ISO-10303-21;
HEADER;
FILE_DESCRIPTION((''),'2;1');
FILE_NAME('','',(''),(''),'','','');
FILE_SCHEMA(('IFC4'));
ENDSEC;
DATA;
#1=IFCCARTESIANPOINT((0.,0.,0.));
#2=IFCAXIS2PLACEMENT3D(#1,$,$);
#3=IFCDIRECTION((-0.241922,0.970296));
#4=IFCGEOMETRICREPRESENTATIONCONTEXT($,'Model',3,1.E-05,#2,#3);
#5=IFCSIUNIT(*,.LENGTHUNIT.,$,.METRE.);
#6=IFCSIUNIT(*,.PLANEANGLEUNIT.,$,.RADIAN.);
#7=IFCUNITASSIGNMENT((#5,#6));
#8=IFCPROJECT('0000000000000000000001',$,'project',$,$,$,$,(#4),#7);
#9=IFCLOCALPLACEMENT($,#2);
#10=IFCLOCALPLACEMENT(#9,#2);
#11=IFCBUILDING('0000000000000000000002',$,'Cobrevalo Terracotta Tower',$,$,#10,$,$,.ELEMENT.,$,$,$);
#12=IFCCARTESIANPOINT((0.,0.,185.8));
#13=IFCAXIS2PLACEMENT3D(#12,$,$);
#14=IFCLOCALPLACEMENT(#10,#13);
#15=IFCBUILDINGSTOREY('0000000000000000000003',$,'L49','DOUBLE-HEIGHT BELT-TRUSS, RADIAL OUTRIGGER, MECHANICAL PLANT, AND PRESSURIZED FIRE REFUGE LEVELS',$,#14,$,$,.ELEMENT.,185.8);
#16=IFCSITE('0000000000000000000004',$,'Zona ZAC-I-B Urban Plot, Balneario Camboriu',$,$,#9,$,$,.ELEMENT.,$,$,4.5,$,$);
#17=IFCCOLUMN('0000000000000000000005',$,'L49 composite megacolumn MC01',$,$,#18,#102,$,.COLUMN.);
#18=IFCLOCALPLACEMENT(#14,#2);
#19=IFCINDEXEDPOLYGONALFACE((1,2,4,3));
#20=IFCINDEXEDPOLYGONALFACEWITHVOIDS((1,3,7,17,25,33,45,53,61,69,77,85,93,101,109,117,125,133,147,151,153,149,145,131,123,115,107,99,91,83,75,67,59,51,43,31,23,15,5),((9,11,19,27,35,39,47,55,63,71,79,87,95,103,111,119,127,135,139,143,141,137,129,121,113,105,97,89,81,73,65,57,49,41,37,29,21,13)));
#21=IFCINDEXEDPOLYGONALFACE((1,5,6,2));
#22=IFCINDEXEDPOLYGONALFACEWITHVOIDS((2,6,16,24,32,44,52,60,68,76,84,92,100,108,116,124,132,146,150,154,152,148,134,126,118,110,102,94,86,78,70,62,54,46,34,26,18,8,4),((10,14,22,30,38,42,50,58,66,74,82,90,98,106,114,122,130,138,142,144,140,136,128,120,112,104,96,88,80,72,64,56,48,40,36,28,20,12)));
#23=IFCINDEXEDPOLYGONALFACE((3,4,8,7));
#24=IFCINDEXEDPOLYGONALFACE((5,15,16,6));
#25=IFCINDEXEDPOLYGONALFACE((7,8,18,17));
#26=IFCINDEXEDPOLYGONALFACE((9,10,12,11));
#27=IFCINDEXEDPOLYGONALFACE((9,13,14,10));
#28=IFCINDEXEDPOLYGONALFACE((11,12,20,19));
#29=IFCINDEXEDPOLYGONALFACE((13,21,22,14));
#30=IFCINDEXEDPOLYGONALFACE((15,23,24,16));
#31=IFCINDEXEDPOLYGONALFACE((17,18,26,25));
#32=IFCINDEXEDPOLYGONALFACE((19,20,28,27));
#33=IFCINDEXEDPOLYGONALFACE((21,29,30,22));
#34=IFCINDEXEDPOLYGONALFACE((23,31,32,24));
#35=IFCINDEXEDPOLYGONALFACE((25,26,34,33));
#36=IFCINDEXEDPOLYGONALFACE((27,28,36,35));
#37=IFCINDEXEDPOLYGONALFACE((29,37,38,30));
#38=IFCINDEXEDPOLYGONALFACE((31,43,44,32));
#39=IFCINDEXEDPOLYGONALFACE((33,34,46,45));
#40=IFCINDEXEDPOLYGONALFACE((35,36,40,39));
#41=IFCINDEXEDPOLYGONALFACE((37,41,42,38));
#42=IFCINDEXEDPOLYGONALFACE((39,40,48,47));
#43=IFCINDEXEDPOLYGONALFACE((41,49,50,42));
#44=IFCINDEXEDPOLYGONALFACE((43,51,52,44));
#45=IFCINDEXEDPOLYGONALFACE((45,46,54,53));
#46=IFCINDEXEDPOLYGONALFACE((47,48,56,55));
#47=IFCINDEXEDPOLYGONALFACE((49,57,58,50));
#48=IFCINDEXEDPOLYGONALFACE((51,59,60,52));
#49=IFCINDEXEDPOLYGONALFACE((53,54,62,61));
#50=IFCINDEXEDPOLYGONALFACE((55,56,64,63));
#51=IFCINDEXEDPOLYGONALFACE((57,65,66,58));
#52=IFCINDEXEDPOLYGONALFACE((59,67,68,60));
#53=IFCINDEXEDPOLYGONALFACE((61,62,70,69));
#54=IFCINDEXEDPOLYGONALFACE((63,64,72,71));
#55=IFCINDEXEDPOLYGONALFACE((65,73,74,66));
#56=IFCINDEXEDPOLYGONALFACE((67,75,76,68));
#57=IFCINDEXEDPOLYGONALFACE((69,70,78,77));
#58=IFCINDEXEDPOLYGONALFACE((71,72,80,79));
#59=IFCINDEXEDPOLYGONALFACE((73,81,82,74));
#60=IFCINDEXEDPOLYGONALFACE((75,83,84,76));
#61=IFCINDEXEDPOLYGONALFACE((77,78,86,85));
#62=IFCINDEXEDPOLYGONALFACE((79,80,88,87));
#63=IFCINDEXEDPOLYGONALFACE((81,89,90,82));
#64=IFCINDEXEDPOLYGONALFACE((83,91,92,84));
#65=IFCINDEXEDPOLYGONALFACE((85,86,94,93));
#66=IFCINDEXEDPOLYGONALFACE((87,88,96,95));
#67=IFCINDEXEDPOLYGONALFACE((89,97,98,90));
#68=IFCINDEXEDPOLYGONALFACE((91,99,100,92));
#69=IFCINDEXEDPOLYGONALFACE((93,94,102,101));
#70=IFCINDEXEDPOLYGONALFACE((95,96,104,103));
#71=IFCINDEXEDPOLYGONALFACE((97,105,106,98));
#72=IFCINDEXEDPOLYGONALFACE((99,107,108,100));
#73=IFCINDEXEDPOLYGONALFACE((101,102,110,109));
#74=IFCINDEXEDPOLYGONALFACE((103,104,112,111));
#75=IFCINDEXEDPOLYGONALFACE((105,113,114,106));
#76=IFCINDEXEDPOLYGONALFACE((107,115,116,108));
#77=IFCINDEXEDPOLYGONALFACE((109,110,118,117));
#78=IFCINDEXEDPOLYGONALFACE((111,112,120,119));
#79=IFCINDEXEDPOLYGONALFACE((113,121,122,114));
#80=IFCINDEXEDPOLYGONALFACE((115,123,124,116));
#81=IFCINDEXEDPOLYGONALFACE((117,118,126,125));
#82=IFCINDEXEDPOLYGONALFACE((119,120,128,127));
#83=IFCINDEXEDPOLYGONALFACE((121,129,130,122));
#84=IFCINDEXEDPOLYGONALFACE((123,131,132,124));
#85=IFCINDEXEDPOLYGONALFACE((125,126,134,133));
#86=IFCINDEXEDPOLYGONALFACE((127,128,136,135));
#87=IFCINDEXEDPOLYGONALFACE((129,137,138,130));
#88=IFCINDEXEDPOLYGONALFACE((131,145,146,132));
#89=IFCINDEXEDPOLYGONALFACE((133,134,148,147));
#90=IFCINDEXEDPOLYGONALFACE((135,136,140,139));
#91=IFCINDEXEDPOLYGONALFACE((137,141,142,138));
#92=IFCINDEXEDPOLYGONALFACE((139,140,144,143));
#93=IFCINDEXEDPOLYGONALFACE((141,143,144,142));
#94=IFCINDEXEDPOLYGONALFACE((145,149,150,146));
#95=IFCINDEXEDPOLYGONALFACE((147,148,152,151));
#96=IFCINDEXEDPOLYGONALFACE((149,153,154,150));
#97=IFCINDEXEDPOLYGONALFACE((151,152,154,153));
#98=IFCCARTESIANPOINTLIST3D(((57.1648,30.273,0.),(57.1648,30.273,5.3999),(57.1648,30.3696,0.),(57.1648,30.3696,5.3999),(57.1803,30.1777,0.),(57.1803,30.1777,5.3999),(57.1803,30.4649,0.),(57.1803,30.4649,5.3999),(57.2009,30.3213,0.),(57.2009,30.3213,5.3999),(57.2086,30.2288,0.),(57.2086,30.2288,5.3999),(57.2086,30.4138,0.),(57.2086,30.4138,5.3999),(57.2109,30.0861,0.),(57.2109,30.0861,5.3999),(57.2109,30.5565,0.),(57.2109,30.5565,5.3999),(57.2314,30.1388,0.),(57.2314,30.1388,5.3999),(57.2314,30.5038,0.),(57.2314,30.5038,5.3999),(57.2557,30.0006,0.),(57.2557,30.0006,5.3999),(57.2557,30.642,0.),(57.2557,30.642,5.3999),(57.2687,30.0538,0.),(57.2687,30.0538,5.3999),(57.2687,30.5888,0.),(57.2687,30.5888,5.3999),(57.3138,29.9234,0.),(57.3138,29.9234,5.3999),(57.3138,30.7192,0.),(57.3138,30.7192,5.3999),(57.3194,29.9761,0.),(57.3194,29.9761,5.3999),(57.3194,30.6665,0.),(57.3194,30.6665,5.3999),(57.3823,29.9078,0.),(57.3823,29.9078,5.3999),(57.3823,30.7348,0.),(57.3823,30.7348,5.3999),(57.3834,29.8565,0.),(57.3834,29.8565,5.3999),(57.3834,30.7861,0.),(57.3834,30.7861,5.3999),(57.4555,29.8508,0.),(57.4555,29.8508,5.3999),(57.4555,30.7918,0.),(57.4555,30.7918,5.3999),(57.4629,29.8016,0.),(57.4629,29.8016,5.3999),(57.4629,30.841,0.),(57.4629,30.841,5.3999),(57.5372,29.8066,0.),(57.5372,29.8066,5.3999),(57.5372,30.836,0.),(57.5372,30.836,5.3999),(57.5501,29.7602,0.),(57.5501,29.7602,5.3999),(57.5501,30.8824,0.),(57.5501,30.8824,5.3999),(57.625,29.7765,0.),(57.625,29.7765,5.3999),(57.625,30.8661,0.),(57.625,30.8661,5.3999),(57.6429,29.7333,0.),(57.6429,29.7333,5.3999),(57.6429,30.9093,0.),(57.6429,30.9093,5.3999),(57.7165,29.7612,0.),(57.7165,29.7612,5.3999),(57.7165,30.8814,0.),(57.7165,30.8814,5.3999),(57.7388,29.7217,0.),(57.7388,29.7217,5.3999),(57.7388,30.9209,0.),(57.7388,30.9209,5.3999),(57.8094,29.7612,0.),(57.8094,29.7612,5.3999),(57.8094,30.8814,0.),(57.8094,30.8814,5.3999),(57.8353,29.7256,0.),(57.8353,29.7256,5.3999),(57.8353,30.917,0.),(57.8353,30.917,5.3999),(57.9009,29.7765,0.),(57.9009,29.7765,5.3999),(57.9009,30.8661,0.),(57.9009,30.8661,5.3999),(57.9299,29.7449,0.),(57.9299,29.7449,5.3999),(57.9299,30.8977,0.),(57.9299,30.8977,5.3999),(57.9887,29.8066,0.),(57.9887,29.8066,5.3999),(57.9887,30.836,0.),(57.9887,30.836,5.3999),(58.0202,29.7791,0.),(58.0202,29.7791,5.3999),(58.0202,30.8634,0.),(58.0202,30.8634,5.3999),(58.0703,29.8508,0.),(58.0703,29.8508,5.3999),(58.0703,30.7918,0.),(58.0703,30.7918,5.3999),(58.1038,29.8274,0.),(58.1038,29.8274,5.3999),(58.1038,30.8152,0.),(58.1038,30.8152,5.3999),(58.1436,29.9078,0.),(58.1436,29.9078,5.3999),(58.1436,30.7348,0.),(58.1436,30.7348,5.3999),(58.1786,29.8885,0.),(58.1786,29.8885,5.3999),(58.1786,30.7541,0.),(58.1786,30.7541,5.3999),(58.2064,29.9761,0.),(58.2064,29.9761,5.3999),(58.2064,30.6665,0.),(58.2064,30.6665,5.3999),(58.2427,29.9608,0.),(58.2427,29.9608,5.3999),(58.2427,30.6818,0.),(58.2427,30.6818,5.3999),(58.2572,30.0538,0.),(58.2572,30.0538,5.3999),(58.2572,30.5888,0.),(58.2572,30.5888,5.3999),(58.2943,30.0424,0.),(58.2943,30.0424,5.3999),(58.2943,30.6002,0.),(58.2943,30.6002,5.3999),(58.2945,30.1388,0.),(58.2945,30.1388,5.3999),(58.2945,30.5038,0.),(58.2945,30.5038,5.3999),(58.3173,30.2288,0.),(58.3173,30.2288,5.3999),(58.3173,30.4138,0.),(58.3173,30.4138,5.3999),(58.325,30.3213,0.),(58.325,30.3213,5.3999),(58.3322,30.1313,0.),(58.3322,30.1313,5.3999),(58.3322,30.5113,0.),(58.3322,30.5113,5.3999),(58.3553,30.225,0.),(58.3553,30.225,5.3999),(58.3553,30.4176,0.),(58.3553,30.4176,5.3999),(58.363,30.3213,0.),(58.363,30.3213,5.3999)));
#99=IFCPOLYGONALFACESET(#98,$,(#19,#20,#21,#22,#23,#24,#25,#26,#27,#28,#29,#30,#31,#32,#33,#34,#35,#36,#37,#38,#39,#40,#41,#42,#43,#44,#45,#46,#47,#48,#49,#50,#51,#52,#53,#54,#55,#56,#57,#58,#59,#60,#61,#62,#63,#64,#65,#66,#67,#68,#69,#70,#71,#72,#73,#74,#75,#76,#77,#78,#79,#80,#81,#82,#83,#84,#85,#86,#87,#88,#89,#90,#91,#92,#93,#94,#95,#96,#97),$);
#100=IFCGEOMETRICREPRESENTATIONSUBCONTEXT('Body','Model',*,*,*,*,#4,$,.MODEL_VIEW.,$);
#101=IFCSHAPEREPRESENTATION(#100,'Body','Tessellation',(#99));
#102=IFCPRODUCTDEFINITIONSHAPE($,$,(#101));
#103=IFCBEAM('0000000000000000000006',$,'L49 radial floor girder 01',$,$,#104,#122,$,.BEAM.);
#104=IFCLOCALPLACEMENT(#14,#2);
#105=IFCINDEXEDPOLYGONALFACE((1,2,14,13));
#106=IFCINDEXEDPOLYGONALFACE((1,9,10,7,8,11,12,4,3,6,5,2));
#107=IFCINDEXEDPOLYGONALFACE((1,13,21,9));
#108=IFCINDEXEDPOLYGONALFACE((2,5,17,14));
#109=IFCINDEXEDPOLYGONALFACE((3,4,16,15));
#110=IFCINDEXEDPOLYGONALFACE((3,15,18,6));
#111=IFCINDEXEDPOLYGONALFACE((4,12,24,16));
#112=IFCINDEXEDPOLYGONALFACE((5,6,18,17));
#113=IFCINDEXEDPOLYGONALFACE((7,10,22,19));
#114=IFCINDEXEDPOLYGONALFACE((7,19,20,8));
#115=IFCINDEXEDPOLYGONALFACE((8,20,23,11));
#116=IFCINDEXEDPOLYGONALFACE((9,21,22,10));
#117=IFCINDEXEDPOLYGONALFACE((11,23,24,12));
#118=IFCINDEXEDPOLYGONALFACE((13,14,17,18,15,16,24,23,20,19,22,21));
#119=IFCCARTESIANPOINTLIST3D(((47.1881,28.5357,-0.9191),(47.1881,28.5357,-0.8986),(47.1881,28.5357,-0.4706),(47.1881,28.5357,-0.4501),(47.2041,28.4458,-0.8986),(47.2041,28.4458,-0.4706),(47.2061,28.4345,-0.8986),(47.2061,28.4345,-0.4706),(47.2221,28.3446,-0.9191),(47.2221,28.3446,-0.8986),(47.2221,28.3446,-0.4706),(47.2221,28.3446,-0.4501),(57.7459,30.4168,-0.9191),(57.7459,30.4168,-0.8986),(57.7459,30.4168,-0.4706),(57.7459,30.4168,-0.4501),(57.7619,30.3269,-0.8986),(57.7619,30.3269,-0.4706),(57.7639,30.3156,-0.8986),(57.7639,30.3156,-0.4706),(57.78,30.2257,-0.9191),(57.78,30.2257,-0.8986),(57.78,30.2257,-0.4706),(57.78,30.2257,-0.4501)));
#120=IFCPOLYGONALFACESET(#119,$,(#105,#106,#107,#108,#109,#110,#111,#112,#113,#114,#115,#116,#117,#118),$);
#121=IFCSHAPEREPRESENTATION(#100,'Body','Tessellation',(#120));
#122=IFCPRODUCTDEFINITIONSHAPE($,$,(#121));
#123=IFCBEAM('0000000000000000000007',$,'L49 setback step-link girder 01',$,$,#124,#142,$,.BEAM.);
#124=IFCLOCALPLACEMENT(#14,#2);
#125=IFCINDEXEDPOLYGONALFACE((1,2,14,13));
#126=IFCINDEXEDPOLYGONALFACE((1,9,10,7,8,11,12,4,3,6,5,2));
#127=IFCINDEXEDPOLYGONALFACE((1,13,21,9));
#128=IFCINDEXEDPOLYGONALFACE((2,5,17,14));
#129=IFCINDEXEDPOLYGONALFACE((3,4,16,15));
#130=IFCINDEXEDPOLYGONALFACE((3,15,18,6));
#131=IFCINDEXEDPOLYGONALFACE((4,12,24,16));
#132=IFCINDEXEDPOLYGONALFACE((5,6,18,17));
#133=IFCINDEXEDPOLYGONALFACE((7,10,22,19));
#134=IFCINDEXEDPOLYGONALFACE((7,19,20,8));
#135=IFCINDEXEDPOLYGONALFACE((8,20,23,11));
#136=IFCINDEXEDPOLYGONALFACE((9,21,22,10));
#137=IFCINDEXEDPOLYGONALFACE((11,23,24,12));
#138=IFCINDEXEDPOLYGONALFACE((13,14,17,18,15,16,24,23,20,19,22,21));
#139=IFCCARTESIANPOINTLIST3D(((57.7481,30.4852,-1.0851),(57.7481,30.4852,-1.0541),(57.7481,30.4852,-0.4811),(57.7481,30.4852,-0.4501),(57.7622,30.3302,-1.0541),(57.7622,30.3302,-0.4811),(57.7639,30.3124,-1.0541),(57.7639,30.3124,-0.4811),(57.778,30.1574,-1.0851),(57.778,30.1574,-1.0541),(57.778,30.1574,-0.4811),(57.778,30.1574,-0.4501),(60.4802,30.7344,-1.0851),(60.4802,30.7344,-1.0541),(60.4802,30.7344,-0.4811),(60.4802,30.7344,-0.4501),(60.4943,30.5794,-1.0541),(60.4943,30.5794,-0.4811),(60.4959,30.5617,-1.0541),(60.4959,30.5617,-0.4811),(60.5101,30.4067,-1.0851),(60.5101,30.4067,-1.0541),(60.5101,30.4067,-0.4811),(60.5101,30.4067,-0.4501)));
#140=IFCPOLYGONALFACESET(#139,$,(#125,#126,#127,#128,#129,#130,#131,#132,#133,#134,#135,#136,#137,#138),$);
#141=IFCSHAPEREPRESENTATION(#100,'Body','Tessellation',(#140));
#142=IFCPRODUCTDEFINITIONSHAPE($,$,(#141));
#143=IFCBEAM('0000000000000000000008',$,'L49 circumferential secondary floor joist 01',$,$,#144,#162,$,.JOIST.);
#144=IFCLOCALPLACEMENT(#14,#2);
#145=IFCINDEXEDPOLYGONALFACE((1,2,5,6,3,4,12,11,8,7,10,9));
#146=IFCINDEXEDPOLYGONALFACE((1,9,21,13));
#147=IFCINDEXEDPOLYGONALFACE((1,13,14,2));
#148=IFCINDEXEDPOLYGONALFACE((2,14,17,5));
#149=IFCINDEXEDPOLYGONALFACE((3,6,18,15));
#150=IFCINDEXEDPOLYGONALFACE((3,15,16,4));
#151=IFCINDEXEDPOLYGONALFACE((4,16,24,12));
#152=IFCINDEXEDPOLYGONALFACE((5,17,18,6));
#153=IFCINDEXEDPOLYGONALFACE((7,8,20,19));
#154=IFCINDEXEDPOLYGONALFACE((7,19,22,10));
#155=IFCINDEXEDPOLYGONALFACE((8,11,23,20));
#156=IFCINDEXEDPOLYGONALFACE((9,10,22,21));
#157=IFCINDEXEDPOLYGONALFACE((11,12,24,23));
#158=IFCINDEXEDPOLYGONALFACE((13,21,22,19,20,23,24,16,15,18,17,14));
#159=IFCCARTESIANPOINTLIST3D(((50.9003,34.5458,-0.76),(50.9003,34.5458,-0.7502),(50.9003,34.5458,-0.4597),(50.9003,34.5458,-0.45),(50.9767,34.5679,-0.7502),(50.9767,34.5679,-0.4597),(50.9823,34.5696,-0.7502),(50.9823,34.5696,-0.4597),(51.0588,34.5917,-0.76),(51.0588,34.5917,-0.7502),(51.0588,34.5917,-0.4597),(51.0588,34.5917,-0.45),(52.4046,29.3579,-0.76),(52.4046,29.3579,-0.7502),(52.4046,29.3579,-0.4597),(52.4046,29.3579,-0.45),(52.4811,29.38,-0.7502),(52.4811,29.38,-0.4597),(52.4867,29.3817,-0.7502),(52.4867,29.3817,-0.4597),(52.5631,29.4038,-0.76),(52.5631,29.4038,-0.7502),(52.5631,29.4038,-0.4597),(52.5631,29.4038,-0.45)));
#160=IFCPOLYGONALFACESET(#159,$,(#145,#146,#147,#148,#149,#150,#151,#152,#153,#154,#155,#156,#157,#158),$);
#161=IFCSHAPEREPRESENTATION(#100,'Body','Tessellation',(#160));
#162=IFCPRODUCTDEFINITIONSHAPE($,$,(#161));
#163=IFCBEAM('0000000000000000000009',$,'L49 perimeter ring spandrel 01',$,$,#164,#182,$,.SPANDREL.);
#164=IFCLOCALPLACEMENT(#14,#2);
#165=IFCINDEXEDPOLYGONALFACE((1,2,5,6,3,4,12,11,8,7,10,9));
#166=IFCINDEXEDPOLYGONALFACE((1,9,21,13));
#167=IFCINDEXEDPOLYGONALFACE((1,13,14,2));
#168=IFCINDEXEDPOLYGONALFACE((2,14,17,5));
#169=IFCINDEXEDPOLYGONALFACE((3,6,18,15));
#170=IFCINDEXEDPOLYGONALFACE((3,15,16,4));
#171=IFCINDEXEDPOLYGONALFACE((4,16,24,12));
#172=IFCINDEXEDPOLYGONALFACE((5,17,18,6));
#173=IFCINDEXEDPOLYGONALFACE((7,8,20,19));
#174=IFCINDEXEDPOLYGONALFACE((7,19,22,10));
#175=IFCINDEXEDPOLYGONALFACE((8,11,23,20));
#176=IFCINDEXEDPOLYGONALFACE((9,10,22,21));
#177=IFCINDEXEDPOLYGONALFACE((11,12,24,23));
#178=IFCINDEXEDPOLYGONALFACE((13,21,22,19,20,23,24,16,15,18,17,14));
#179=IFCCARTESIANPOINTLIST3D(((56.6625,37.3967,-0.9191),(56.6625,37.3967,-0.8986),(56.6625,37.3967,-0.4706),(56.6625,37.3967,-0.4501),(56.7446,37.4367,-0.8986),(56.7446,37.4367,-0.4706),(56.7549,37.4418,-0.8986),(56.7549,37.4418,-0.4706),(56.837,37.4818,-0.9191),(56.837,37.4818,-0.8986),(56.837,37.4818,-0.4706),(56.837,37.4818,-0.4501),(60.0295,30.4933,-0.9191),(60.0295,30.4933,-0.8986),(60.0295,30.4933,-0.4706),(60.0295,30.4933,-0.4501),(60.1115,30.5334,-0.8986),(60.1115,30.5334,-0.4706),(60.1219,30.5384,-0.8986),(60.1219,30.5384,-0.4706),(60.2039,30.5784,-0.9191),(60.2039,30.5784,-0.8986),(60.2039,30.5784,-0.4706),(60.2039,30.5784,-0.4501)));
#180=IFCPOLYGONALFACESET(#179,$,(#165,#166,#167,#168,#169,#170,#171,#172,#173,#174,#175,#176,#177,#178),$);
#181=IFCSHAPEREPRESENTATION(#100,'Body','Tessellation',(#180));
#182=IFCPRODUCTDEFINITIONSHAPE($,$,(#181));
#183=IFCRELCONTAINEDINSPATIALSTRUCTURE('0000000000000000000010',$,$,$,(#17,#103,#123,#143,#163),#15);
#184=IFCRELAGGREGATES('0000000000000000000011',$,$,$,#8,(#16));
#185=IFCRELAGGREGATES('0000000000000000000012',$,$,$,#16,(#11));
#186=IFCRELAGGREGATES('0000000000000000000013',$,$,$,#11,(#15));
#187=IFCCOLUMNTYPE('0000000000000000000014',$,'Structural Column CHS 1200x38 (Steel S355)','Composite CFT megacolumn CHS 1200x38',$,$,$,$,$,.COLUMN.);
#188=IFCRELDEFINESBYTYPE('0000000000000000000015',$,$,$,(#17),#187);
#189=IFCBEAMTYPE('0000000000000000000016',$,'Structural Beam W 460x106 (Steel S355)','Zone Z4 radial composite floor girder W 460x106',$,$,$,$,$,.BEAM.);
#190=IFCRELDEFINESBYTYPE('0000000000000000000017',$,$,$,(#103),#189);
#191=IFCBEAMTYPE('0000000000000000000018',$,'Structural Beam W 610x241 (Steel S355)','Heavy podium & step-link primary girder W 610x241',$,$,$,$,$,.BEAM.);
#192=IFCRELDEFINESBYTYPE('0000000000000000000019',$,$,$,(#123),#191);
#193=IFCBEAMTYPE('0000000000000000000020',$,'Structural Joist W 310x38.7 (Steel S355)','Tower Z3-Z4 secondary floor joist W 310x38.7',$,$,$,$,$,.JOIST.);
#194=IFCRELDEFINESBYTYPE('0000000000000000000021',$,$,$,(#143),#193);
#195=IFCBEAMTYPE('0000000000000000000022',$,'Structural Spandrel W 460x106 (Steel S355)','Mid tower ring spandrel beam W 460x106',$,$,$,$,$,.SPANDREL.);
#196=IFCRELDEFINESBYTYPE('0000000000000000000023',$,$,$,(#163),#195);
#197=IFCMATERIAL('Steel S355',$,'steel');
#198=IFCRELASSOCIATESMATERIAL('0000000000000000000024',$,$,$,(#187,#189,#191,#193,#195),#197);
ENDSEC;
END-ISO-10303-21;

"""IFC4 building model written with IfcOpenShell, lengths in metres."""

from ifc_helpers import new_model, si_unit, direction, frame, origin, origin_2d, place, context, subcontext, project, spatial, hollow_circle, i_section, extrude, material, material_profile, profile_set, type_object, element, save


model = new_model("IFC4")

# Units and contexts
model_context = context("Model", 3, precision=1e-05, world=origin(), true_north=direction((-0.241922, 0.970296)))
body_context = subcontext(model_context, "Body", "Model", "MODEL_VIEW")
ifc_project = project(units=[si_unit("LENGTHUNIT", "METRE"), si_unit("PLANEANGLEUNIT", "RADIAN")], contexts=[model_context])

# Site, building, storey
site_placement = place(None, origin())
site = spatial("IfcSite", under=ifc_project, at=site_placement, Name="Zona ZAC-I-B Urban Plot, Balneario Camboriu", CompositionType="ELEMENT", RefElevation=4.5)
building_placement = place(site_placement, origin())
building = spatial("IfcBuilding", under=site, at=building_placement, Name="Cobrevalo Terracotta Tower", CompositionType="ELEMENT")
storey_placement = place(building_placement, frame((0.0, 0.0, 185.8)))
storey = spatial("IfcBuildingStorey", under=building, at=storey_placement, Name="L49", Description="DOUBLE-HEIGHT BELT-TRUSS, RADIAL OUTRIGGER, MECHANICAL PLANT, AND PRESSURIZED FIRE REFUGE LEVELS", CompositionType="ELEMENT", Elevation=185.8)

# Column
ifc_material_1 = material(Name="Steel S355", Category="steel")
ifc_material_profile_1 = material_profile(ifc_material_1, hollow_circle(Radius=0.6001, WallThickness=0.0381, at=origin_2d()), Name="CHS 1200x38")
ifc_profile_set_1 = profile_set([ifc_material_profile_1], Name="Steel S355")
column_type = type_object("IfcColumnType", Name="Structural Column CHS 1200x38 (Steel S355)", Description="Composite CFT megacolumn CHS 1200x38", PredefinedType="COLUMN", material=ifc_profile_set_1)
column_placement = place(storey_placement, frame((57.7629, 30.3213, 0.0), z_axis=(0.0, 0.0, 1.0), x_axis=(1.0, 0.0, 0.0)))
element("IfcColumn", 1, at=column_placement, inside=storey, type_object=column_type, Name="L49 composite megacolumn MC01", PredefinedType="COLUMN", context=body_context, shape_type="SweptSolid", body=[
    extrude(hollow_circle(Radius=0.6001, WallThickness=0.0381, at=origin_2d()), origin(), (0.0, 0.0, 1.0), 5.3999),
])

# Beams
ifc_material_profile_2 = material_profile(ifc_material_1, i_section(OverallWidth=0.1941, OverallDepth=0.469, WebThickness=0.0115, FlangeThickness=0.0205, at=origin_2d()), Name="W 460x106")
ifc_profile_set_2 = profile_set([ifc_material_profile_2], Name="Steel S355")
beam_type_1 = type_object("IfcBeamType", Name="Structural Beam W 460x106 (Steel S355)", Description="Zone Z4 radial composite floor girder W 460x106", PredefinedType="BEAM", material=ifc_profile_set_2)
beam_1_placement = place(storey_placement, frame((57.7629, 30.3213, -0.6846), z_axis=(-0.984496, -0.175408, 0.0), x_axis=(0.175408, -0.984496, 0.0)))
element("IfcBeam", 2, at=beam_1_placement, inside=storey, type_object=beam_type_1, Name="L49 radial floor girder 01", PredefinedType="BEAM", context=body_context, shape_type="SweptSolid", body=[
    extrude(i_section(OverallWidth=0.1941, OverallDepth=0.469, WebThickness=0.0115, FlangeThickness=0.0205, at=origin_2d()), origin(), (0.0, 0.0, 1.0), 10.7241),
])
ifc_material_profile_3 = material_profile(ifc_material_1, i_section(OverallWidth=0.3291, OverallDepth=0.635, WebThickness=0.0178, FlangeThickness=0.031, at=origin_2d()), Name="W 610x241")
ifc_profile_set_3 = profile_set([ifc_material_profile_3], Name="Steel S355")
beam_type_2 = type_object("IfcBeamType", Name="Structural Beam W 610x241 (Steel S355)", Description="Heavy podium & step-link primary girder W 610x241", PredefinedType="BEAM", material=ifc_profile_set_3)
beam_2_placement = place(storey_placement, frame((60.4951, 30.5706, -0.7676), z_axis=(-0.995864, -0.090857, 0.0), x_axis=(0.090857, -0.995864, 0.0)))
element("IfcBeam", 3, at=beam_2_placement, inside=storey, type_object=beam_type_2, Name="L49 setback step-link girder 01", PredefinedType="BEAM", context=body_context, shape_type="SweptSolid", body=[
    extrude(i_section(OverallWidth=0.3291, OverallDepth=0.635, WebThickness=0.0178, FlangeThickness=0.031, at=origin_2d()), origin(), (0.0, 0.0, 1.0), 2.7434),
])
ifc_material_profile_4 = material_profile(ifc_material_1, i_section(OverallWidth=0.165, OverallDepth=0.3101, WebThickness=0.0059, FlangeThickness=0.0098, at=origin_2d()), Name="W 310x38.7")
ifc_profile_set_4 = profile_set([ifc_material_profile_4], Name="Steel S355")
beam_type_3 = type_object("IfcBeamType", Name="Structural Joist W 310x38.7 (Steel S355)", Description="Tower Z3-Z4 secondary floor joist W 310x38.7", PredefinedType="JOIST", material=ifc_profile_set_4)
beam_3_placement = place(storey_placement, frame((52.4839, 29.3809, -0.605), z_axis=(-0.278504, 0.960435, 0.0), x_axis=(-0.960435, -0.278504, 0.0)))
element("IfcBeam", 4, at=beam_3_placement, inside=storey, type_object=beam_type_3, Name="L49 circumferential secondary floor joist 01", PredefinedType="JOIST", context=body_context, shape_type="SweptSolid", body=[
    extrude(i_section(OverallWidth=0.165, OverallDepth=0.3101, WebThickness=0.0059, FlangeThickness=0.0098, at=origin_2d()), origin(), (0.0, 0.0, 1.0), 5.4016),
])
ifc_material_profile_5 = material_profile(ifc_material_1, i_section(OverallWidth=0.1941, OverallDepth=0.469, WebThickness=0.0115, FlangeThickness=0.0205, at=origin_2d()), Name="W 460x106")
ifc_profile_set_5 = profile_set([ifc_material_profile_5], Name="Steel S355")
beam_type_4 = type_object("IfcBeamType", Name="Structural Spandrel W 460x106 (Steel S355)", Description="Mid tower ring spandrel beam W 460x106", PredefinedType="SPANDREL", material=ifc_profile_set_5)
beam_4_placement = place(storey_placement, frame((60.1167, 30.5359, -0.6846), z_axis=(-0.438368, 0.898796, 0.0), x_axis=(-0.898796, -0.438368, 0.0)))
element("IfcBeam", 5, at=beam_4_placement, inside=storey, type_object=beam_type_4, Name="L49 perimeter ring spandrel 01", PredefinedType="SPANDREL", context=body_context, shape_type="SweptSolid", body=[
    extrude(i_section(OverallWidth=0.1941, OverallDepth=0.469, WebThickness=0.0115, FlangeThickness=0.0205, at=origin_2d()), origin(), (0.0, 0.0, 1.0), 7.6807),
])

save(model, "model.ifc")
